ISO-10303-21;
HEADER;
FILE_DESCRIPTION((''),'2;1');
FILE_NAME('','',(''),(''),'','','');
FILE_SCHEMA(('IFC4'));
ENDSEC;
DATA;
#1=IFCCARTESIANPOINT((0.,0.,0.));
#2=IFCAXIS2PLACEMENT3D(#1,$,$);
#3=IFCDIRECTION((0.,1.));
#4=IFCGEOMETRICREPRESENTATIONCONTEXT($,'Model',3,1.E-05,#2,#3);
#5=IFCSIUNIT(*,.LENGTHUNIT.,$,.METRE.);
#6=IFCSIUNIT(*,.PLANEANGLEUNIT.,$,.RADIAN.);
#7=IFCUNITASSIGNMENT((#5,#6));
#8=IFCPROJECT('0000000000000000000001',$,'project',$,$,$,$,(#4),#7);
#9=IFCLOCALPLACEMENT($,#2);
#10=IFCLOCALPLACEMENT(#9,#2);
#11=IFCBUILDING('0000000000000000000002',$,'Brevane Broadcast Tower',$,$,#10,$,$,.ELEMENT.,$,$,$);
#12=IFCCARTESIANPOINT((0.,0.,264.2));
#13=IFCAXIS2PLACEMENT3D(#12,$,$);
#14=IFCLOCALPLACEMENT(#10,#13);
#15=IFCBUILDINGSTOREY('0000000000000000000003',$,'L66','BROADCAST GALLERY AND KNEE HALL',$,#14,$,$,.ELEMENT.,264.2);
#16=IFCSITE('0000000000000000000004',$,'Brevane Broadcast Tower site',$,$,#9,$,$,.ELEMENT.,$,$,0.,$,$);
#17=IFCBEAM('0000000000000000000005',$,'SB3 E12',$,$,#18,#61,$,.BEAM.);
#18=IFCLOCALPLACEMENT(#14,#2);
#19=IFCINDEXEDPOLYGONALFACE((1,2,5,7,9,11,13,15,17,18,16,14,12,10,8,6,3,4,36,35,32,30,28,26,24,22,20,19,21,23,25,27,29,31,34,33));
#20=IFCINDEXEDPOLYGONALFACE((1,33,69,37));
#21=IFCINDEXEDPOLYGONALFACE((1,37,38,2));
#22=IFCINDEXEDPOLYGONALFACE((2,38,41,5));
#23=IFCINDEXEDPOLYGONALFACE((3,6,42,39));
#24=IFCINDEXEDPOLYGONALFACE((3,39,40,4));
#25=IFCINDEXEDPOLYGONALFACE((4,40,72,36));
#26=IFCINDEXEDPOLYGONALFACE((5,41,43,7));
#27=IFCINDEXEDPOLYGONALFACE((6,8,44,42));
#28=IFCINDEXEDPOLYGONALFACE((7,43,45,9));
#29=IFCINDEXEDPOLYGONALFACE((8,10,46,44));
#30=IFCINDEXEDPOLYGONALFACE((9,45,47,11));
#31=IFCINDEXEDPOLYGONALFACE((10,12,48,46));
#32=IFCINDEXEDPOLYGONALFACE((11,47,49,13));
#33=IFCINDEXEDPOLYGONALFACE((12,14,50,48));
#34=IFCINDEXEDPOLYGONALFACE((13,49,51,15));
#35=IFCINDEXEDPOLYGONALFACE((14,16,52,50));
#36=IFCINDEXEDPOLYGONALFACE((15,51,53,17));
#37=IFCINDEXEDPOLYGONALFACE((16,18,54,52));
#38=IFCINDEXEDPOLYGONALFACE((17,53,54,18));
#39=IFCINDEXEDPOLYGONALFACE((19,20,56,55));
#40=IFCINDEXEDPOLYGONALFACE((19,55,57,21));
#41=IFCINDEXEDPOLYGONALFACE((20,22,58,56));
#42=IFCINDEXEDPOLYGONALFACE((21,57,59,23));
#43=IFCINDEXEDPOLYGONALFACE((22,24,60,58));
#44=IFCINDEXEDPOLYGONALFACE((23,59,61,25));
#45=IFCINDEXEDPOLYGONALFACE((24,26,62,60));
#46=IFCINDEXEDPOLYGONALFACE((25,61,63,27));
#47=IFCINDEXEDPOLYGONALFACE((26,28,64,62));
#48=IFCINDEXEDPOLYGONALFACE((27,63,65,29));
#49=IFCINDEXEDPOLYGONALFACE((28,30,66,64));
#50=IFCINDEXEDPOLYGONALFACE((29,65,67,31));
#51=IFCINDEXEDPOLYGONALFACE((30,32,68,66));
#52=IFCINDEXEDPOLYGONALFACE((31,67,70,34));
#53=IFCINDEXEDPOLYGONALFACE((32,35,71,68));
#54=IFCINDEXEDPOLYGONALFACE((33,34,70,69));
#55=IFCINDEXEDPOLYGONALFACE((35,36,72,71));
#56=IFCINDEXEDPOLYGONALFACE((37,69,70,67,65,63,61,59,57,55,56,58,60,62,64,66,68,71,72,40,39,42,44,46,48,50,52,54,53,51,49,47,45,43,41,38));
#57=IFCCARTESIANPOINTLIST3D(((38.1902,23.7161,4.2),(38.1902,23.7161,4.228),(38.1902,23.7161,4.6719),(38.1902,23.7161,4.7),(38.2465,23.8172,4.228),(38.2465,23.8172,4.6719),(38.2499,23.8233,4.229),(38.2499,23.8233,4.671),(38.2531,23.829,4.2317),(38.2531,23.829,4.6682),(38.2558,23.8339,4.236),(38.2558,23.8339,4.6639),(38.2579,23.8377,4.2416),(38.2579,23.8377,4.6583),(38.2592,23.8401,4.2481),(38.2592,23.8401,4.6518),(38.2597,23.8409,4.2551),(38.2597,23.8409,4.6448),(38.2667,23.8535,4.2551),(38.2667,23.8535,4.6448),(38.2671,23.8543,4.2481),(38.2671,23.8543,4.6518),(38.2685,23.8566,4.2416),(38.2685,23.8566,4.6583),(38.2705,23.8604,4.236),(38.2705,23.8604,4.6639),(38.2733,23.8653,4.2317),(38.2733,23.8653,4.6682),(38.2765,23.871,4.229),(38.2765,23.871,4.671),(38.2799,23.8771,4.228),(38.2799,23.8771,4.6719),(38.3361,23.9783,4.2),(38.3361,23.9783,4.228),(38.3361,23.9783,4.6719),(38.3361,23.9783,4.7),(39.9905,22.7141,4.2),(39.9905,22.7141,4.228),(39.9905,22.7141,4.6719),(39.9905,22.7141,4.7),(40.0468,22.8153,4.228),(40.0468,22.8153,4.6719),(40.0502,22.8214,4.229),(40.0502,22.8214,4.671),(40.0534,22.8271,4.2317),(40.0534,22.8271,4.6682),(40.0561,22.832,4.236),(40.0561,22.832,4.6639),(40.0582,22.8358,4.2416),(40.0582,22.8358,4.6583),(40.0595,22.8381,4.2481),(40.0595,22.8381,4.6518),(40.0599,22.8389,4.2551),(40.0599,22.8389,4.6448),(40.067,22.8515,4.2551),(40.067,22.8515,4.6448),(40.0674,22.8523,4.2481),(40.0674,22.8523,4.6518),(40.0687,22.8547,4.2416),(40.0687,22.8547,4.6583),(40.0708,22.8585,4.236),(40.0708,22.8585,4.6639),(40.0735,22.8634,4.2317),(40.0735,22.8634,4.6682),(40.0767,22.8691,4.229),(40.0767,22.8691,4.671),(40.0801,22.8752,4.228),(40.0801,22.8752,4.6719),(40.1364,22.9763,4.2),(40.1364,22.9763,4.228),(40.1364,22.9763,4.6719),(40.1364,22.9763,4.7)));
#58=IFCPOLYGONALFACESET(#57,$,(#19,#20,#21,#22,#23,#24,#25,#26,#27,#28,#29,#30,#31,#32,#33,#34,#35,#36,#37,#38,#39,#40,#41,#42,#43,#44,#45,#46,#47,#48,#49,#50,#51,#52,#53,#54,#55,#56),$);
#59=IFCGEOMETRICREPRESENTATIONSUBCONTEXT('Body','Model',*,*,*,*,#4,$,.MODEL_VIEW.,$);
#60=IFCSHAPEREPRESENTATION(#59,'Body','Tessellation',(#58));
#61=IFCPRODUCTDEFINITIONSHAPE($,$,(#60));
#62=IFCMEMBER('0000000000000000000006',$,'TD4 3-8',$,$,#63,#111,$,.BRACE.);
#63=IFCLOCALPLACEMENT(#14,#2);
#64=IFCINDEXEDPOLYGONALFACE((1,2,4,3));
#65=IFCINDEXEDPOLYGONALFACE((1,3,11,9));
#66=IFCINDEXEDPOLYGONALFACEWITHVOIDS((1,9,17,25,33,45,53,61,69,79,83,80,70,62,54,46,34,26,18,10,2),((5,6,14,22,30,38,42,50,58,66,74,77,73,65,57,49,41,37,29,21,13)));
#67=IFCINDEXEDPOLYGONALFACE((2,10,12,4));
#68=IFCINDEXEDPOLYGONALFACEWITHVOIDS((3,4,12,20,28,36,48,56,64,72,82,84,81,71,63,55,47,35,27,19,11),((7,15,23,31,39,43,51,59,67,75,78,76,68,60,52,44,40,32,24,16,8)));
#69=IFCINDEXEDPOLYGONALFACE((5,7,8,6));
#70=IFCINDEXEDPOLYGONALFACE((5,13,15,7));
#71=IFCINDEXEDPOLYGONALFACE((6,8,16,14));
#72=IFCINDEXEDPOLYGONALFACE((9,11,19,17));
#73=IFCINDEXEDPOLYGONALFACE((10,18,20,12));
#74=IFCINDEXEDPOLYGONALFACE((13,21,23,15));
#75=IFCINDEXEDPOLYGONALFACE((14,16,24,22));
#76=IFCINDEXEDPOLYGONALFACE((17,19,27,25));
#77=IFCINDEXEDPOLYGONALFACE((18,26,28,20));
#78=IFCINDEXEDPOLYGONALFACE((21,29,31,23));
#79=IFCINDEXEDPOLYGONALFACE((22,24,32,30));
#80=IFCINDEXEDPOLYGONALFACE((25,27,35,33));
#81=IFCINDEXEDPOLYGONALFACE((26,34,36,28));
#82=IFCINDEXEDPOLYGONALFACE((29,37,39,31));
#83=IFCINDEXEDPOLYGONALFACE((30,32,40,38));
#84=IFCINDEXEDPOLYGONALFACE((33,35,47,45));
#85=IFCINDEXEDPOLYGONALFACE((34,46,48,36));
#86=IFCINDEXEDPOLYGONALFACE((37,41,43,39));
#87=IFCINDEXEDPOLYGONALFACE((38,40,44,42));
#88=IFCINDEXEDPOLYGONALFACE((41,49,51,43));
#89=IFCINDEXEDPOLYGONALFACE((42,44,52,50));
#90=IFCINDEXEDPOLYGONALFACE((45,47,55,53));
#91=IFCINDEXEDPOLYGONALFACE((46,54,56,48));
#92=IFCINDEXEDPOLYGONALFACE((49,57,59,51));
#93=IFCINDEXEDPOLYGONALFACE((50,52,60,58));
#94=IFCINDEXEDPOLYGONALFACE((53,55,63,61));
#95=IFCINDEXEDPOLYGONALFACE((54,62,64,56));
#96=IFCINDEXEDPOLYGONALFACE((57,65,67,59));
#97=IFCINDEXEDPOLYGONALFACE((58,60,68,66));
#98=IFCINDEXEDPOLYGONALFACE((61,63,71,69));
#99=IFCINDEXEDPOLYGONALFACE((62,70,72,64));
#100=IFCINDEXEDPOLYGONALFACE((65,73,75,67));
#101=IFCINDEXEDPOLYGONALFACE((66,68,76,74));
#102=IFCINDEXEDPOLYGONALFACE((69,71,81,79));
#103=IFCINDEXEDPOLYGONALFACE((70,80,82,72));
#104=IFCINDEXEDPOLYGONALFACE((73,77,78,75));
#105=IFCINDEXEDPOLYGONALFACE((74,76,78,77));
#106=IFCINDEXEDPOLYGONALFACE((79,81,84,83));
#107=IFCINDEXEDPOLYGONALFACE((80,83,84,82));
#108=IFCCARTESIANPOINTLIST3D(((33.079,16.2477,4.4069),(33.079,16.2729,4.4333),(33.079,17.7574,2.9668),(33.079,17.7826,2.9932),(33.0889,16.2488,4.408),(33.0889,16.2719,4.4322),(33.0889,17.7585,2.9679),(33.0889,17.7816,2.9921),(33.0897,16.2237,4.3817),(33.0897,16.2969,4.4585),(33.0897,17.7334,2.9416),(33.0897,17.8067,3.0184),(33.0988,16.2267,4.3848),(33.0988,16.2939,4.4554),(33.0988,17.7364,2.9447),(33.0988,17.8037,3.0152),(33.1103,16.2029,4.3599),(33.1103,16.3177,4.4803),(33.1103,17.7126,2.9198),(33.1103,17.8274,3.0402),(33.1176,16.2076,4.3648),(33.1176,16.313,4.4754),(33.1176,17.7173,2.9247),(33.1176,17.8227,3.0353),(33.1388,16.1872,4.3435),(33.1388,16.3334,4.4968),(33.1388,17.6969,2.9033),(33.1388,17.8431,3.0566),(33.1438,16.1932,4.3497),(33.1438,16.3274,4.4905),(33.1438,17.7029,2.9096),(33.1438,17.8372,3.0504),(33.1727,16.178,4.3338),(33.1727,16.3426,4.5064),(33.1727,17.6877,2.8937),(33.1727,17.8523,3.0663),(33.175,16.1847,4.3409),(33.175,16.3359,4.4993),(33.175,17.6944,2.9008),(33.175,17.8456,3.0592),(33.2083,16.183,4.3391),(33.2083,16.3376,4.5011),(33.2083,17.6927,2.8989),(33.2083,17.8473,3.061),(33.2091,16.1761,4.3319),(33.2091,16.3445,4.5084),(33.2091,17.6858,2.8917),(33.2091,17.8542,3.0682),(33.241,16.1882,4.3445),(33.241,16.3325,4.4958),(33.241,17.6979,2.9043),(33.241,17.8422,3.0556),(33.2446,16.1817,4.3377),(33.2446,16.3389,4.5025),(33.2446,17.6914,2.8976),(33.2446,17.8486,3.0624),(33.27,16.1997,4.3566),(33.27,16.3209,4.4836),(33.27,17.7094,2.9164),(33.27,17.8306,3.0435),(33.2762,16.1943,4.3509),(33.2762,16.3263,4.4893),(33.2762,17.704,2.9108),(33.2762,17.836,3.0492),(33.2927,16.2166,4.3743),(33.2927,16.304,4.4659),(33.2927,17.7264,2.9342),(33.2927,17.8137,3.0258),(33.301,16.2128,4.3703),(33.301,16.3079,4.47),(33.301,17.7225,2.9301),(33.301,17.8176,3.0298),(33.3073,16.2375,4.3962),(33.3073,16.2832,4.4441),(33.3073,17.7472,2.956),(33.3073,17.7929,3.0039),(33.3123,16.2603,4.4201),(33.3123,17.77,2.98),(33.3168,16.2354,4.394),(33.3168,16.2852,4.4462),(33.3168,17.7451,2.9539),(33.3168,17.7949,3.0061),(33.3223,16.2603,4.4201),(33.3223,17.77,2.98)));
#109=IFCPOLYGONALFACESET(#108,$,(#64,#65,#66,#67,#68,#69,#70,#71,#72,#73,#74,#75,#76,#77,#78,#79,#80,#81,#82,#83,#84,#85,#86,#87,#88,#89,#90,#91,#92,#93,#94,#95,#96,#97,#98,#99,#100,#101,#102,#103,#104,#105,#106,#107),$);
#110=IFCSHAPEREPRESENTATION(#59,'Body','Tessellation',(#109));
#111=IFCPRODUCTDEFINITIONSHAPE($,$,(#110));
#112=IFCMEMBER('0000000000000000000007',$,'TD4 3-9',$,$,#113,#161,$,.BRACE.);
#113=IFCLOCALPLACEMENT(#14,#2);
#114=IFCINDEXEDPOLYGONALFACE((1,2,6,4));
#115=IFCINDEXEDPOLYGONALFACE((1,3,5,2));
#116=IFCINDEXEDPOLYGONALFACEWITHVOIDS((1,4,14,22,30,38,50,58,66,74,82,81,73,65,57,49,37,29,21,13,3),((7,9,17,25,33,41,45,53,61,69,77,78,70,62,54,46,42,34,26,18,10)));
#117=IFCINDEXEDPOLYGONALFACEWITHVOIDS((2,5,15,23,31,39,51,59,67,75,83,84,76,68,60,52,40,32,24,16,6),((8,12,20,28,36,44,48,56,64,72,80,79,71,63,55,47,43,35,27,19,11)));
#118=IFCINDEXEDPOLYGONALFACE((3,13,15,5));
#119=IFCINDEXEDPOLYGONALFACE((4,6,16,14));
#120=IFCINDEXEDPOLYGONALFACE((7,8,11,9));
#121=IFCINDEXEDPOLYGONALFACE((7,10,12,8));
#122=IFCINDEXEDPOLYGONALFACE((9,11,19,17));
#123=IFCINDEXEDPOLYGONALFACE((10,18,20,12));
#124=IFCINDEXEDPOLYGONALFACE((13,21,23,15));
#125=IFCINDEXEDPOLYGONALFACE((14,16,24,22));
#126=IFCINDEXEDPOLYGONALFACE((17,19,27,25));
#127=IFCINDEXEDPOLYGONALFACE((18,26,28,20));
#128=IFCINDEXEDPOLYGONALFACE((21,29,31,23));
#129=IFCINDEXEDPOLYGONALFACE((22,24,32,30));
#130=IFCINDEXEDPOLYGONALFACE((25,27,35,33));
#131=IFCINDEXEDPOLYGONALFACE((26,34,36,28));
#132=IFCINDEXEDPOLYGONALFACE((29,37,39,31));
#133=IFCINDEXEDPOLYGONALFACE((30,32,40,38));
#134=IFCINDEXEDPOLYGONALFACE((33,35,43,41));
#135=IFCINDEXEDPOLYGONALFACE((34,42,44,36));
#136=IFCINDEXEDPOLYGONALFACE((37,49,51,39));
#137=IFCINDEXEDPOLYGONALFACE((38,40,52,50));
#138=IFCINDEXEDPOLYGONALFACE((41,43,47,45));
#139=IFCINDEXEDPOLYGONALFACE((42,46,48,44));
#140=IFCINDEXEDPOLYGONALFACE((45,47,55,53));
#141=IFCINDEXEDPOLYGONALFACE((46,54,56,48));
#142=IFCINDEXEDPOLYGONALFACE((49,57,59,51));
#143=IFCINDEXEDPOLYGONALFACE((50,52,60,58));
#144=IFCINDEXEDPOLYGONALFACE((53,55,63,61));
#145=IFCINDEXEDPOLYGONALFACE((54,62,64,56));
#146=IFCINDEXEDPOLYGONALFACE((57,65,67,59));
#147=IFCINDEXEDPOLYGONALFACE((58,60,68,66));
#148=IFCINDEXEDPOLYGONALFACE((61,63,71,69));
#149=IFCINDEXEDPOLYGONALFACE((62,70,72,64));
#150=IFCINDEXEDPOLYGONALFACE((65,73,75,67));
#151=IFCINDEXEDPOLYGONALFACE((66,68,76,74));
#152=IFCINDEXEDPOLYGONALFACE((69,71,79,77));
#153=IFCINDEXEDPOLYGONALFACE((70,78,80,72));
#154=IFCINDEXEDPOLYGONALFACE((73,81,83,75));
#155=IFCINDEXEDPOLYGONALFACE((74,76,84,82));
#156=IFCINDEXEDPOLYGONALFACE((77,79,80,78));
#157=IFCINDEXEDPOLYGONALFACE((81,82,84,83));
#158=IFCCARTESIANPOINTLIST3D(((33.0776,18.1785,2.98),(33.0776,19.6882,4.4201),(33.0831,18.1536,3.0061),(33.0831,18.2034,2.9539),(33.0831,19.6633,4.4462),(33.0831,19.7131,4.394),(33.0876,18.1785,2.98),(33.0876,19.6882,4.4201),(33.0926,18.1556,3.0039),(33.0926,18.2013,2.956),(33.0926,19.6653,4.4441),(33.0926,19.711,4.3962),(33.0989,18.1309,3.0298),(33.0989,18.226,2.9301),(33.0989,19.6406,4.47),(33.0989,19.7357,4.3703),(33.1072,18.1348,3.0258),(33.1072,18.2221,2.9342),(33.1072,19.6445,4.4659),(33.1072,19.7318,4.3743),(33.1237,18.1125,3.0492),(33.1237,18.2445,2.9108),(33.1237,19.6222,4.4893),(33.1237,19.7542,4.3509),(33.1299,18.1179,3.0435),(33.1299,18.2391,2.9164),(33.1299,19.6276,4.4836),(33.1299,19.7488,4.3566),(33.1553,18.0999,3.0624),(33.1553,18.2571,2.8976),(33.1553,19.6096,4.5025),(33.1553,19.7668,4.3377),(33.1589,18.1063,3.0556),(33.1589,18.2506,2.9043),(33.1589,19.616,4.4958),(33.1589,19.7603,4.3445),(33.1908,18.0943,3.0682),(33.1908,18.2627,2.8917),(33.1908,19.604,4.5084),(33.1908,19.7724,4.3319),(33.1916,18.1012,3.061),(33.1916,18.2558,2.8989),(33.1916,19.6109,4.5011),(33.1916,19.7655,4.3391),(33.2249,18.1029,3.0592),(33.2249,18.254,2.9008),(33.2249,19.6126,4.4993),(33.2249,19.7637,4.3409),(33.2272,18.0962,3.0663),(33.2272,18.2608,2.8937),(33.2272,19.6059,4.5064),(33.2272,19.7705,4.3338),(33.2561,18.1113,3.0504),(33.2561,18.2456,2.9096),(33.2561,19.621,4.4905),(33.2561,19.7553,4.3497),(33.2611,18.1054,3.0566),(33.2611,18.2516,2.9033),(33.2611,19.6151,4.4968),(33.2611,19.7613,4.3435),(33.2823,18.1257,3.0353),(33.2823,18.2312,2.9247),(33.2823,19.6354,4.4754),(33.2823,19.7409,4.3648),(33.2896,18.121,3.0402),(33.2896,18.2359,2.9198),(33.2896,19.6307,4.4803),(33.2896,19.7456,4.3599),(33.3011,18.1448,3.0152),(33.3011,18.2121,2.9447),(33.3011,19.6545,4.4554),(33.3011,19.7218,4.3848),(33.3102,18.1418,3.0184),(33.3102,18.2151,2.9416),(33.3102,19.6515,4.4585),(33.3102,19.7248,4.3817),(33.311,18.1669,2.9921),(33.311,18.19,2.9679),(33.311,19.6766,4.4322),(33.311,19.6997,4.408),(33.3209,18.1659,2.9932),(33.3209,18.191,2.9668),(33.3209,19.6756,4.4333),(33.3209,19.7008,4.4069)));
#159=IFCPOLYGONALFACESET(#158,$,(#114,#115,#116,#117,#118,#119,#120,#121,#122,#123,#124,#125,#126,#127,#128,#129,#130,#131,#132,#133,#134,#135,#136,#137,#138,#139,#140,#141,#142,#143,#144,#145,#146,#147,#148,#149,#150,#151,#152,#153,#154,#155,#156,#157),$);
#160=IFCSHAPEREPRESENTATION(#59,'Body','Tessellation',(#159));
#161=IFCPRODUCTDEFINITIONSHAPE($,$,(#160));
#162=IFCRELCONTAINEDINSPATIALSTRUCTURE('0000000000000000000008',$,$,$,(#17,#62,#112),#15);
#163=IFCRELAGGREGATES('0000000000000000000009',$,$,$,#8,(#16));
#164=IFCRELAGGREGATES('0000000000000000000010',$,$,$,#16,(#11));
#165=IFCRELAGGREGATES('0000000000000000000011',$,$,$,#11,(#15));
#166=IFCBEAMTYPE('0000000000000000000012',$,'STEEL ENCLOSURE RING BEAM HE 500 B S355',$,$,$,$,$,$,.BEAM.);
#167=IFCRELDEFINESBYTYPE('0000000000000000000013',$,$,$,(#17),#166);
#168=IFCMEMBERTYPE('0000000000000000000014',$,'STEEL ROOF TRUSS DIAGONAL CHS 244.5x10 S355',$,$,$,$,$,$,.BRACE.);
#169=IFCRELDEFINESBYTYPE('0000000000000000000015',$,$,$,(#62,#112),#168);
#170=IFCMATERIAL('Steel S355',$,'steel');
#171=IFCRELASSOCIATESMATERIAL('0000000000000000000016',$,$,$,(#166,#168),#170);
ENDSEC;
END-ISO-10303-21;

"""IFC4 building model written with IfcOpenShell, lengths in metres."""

from ifc_helpers import new_model, si_unit, direction, frame, origin, origin_2d, place, context, subcontext, project, spatial, hollow_circle, i_section, extrude, material, material_profile, profile_set, type_object, element, save


model = new_model("IFC4")

# Units and contexts
model_context = context("Model", 3, precision=1e-05, world=origin(), true_north=direction((0.0, 1.0)))
body_context = subcontext(model_context, "Body", "Model", "MODEL_VIEW")
ifc_project = project(units=[si_unit("LENGTHUNIT", "METRE"), si_unit("PLANEANGLEUNIT", "RADIAN")], contexts=[model_context])

# Site, building, storey
site_placement = place(None, origin())
site = spatial("IfcSite", under=ifc_project, at=site_placement, Name="Brevane Broadcast Tower site", CompositionType="ELEMENT", RefElevation=0.0)
building_placement = place(site_placement, origin())
building = spatial("IfcBuilding", under=site, at=building_placement, Name="Brevane Broadcast Tower", CompositionType="ELEMENT")
storey_placement = place(building_placement, frame((0.0, 0.0, 264.2)))
storey = spatial("IfcBuildingStorey", under=building, at=storey_placement, Name="L66", Description="BROADCAST GALLERY AND KNEE HALL", CompositionType="ELEMENT", Elevation=264.2)

# Beam
ifc_material_1 = material(Name="Steel S355", Category="steel")
ifc_material_profile_1 = material_profile(ifc_material_1, i_section(OverallWidth=0.3, OverallDepth=0.5, WebThickness=0.0144, FlangeThickness=0.0281, FilletRadius=0.0271, at=origin_2d()), Name="HE 500 B")
ifc_profile_set_1 = profile_set([ifc_material_profile_1], Name="Steel S355")
beam_type_1 = type_object("IfcBeamType", Name="STEEL ENCLOSURE RING BEAM HE 500 B S355", PredefinedType="BEAM", material=ifc_profile_set_1)
for number, where, z_axis, x_axis, name in (
    (1, (38.2632, 23.8472, 4.45), (0.873788, -0.486307, 0.0), (0.486307, 0.873788, 0.0), "SB3 E12"),
):
    element("IfcBeam", number, at=place(storey_placement, frame(where, z_axis=z_axis, x_axis=x_axis)), inside=storey, type_object=beam_type_1, Name=name, PredefinedType="BEAM", context=body_context, shape_type="SweptSolid", body=[
        extrude(i_section(OverallWidth=0.3, OverallDepth=0.5, WebThickness=0.0144, FlangeThickness=0.0281, FilletRadius=0.0271, at=origin_2d()), origin(), (0.0, 0.0, 1.0), 2.0603),
    ])

# Members
ifc_material_profile_2 = material_profile(ifc_material_1, hollow_circle(Radius=0.1223, WallThickness=0.01, at=origin_2d()), Name="CHS 244.5x10")
ifc_profile_set_2 = profile_set([ifc_material_profile_2], Name="Steel S355")
member_type_1 = type_object("IfcMemberType", Name="STEEL ROOF TRUSS DIAGONAL CHS 244.5x10 S355", PredefinedType="BRACE", material=ifc_profile_set_2)
for number, where, z_axis, x_axis, name in (
    (2, (33.2, 17.77, 2.98), (0.0, -0.723584, 0.690236), (1.0, 0.0, 0.0), "TD4 3-8"),
    (3, (33.2, 18.1785, 2.98), (0.0, 0.723584, 0.690236), (-1.0, 0.0, 0.0), "TD4 3-9"),
):
    element("IfcMember", number, at=place(storey_placement, frame(where, z_axis=z_axis, x_axis=x_axis)), inside=storey, type_object=member_type_1, Name=name, PredefinedType="BRACE", context=body_context, shape_type="SweptSolid", body=[
        extrude(hollow_circle(Radius=0.1223, WallThickness=0.01, at=origin_2d()), origin(), (0.0, 0.0, 1.0), 2.0864),
    ])

save(model, "model.ifc")
